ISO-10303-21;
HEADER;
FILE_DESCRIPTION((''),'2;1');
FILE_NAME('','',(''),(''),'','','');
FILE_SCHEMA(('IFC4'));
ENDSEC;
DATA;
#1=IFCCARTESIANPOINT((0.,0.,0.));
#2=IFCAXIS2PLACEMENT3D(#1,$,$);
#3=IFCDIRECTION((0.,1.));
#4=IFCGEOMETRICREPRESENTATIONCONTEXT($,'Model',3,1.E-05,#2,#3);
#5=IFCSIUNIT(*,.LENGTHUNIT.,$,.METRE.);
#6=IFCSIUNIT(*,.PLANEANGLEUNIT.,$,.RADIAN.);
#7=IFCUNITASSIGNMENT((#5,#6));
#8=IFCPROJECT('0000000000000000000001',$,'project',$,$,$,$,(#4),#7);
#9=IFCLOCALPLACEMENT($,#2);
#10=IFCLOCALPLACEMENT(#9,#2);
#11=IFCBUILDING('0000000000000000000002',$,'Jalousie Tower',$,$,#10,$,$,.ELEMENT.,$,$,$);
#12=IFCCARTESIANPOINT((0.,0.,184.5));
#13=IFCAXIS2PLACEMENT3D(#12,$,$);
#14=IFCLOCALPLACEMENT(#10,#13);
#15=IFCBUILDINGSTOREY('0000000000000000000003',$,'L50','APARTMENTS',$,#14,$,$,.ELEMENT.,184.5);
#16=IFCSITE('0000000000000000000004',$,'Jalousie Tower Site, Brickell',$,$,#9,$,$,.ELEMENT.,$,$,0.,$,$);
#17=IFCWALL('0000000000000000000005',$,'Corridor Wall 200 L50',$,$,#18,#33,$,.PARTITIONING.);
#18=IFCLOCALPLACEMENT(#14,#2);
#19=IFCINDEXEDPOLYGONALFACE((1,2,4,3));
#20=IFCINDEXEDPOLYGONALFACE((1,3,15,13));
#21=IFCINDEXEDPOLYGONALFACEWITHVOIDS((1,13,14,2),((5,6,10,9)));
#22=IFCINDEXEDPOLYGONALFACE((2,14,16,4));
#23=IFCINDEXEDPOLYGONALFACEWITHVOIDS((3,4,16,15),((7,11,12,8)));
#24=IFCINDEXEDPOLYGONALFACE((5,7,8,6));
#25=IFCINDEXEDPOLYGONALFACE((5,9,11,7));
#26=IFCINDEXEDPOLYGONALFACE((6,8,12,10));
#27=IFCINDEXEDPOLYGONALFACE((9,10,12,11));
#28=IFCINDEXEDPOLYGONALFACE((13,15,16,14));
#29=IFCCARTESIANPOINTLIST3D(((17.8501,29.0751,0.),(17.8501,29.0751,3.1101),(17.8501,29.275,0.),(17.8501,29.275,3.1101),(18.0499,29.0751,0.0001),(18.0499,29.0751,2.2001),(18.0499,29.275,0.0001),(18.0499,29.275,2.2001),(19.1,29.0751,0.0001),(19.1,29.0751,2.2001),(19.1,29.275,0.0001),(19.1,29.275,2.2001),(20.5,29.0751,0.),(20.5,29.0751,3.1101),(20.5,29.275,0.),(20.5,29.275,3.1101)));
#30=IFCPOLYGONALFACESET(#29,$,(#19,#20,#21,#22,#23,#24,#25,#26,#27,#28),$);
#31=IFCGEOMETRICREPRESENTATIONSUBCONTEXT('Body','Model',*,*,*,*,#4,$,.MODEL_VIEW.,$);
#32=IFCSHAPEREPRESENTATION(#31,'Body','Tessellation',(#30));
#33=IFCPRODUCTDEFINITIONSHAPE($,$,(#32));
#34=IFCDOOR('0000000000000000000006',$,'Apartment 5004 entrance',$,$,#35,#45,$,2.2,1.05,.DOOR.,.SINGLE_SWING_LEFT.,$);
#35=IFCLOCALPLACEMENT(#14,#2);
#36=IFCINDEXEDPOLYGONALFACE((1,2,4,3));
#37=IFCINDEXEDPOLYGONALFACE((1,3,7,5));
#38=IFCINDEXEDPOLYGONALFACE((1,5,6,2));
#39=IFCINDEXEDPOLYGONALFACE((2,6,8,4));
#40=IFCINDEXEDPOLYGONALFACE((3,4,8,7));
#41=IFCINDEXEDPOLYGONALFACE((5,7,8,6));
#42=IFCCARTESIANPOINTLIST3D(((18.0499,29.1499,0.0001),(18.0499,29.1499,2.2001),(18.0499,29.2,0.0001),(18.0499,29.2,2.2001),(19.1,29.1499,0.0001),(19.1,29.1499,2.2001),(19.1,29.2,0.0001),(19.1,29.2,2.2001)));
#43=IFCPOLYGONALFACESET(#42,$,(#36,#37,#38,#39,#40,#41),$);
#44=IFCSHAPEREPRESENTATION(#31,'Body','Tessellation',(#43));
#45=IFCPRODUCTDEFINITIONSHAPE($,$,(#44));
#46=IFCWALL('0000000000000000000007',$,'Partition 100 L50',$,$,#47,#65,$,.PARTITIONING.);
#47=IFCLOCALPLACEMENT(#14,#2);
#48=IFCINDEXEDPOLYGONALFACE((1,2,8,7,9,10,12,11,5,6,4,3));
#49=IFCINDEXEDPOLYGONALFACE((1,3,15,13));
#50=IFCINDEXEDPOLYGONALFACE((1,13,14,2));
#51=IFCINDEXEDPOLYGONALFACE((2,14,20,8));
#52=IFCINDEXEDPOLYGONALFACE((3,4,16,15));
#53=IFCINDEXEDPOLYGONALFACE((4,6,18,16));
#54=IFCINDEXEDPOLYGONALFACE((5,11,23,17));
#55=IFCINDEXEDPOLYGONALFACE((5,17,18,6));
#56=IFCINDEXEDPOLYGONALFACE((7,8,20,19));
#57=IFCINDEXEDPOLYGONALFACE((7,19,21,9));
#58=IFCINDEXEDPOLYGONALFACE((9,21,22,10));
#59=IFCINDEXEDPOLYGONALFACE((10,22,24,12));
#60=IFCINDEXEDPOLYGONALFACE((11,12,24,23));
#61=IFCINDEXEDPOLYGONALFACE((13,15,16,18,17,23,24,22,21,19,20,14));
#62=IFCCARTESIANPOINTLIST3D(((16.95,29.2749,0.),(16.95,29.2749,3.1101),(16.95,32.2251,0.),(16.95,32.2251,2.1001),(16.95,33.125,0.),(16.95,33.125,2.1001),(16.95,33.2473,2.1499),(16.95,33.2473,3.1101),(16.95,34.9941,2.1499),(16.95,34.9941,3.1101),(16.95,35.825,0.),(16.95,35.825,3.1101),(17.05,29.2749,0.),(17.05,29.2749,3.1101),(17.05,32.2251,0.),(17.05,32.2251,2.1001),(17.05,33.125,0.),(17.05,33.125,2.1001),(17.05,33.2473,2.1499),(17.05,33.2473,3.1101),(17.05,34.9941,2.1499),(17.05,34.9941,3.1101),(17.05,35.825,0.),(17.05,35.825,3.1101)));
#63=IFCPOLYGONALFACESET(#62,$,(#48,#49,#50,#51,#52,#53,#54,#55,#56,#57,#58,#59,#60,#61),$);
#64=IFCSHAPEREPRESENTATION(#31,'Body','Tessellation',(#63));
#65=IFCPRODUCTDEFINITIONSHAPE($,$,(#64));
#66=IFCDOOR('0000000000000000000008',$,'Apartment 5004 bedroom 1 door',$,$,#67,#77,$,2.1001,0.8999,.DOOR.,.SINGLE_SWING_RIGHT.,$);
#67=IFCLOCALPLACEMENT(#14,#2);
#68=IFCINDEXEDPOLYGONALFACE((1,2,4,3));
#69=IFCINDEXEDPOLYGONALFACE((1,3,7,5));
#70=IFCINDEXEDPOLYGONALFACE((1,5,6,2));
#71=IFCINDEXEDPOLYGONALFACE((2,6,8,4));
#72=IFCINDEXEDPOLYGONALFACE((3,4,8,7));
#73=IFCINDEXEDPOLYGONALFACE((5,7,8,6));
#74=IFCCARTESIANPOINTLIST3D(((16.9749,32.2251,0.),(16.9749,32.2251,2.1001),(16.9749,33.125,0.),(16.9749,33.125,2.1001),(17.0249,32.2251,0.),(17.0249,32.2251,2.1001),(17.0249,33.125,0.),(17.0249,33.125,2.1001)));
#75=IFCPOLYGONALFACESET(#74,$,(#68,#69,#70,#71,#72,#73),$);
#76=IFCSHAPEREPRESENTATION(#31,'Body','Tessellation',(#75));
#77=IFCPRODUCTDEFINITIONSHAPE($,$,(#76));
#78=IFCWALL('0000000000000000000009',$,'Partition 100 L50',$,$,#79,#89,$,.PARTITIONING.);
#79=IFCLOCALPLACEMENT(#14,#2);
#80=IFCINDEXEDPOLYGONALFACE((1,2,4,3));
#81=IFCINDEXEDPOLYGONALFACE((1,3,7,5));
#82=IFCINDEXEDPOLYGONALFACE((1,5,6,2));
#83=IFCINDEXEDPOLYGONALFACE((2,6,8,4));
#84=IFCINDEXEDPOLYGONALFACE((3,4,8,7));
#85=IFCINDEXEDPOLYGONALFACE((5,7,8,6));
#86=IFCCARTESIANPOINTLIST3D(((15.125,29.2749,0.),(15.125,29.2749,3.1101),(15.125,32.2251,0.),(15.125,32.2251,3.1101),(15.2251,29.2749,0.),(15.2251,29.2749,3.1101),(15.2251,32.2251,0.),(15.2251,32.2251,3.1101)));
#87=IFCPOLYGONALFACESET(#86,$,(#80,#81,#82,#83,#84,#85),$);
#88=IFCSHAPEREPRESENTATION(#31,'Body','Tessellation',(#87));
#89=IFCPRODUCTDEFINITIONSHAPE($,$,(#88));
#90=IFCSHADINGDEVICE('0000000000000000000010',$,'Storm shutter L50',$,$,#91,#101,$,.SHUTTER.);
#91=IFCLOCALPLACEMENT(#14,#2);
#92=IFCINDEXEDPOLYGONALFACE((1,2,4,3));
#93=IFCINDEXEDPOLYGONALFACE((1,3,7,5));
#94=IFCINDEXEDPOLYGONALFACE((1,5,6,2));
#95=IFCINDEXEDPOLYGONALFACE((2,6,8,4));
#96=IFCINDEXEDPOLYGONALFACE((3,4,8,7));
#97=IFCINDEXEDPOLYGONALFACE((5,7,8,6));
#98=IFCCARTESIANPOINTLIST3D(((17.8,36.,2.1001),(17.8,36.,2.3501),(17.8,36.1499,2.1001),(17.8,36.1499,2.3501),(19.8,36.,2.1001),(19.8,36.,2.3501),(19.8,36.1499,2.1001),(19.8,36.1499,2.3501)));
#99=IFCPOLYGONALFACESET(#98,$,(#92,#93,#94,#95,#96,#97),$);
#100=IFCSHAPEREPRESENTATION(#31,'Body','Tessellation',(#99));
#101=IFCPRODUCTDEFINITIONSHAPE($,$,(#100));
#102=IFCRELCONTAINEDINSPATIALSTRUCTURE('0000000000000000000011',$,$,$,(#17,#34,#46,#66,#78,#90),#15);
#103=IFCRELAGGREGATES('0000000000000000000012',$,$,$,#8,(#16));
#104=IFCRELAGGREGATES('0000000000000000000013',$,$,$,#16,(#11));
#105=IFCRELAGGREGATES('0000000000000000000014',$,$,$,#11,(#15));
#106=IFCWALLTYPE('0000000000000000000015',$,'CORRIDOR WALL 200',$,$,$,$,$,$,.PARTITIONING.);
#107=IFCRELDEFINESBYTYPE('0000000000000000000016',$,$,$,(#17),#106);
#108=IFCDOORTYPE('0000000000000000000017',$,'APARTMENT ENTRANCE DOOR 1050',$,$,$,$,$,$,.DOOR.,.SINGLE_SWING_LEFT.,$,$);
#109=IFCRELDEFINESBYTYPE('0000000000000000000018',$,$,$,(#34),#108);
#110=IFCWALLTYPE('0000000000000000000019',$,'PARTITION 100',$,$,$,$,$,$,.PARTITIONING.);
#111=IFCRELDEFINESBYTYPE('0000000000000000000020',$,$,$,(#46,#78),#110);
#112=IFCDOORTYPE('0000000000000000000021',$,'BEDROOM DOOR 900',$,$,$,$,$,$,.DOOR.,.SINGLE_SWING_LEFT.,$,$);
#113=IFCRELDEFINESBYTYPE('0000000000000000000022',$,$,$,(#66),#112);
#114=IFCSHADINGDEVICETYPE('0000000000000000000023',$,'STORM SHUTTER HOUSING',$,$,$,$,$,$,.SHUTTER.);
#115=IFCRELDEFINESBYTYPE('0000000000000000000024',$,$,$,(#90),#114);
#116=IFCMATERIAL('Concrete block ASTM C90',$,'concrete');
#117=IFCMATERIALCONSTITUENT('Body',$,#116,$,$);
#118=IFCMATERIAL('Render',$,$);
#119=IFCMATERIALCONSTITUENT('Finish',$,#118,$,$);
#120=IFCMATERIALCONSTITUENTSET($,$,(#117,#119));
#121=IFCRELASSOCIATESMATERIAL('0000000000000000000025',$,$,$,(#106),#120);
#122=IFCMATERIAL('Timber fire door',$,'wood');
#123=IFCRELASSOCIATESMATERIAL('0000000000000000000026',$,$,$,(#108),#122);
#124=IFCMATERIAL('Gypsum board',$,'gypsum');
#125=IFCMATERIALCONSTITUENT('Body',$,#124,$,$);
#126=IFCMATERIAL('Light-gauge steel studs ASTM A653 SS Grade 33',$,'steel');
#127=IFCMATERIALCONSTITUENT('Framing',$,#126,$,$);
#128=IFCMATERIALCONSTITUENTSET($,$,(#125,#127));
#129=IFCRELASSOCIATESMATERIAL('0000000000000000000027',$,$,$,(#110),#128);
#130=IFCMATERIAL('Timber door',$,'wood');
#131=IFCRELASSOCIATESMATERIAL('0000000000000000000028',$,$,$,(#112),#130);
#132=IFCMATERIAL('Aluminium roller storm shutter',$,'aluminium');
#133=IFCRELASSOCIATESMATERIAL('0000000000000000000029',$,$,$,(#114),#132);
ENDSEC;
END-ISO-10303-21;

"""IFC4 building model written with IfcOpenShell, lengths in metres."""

from ifc_helpers import new_model, si_unit, direction, frame, frame_2d, origin, origin_2d, place, context, subcontext, project, spatial, polyline, rectangle, outline, extrude, material, constituent, constituent_set, type_object, element, fill, save


model = new_model("IFC4")

# Units and contexts
model_context = context("Model", 3, precision=1e-05, world=origin(), true_north=direction((0.0, 1.0)))
body_context = subcontext(model_context, "Body", "Model", "MODEL_VIEW")
ifc_project = project(units=[si_unit("LENGTHUNIT", "METRE"), si_unit("PLANEANGLEUNIT", "RADIAN")], contexts=[model_context])

# Site, building, storey
site_placement = place(None, origin())
site = spatial("IfcSite", under=ifc_project, at=site_placement, Name="Jalousie Tower Site, Brickell", CompositionType="ELEMENT", RefElevation=0.0)
building_placement = place(site_placement, origin())
building = spatial("IfcBuilding", under=site, at=building_placement, Name="Jalousie Tower", CompositionType="ELEMENT")
storey_placement = place(building_placement, frame((0.0, 0.0, 184.5)))
storey = spatial("IfcBuildingStorey", under=building, at=storey_placement, Name="L50", Description="APARTMENTS", CompositionType="ELEMENT", Elevation=184.5)

# Walls, openings, doors
ifc_material_1 = material(Name="Concrete block ASTM C90", Category="concrete")
ifc_constituent_1 = constituent(ifc_material_1, Name="Body")
ifc_material_2 = material(Name="Render")
ifc_constituent_2 = constituent(ifc_material_2, Name="Finish")
ifc_constituent_set_1 = constituent_set(constituents=[ifc_constituent_1, ifc_constituent_2])
wall_type_1 = type_object("IfcWallType", Name="CORRIDOR WALL 200", PredefinedType="PARTITIONING", material=ifc_constituent_set_1)
wall_1_placement = place(storey_placement, frame((17.8501, 29.175, 0.0), z_axis=(0.0, 0.0, 1.0), x_axis=(1.0, 0.0, 0.0)))
wall_1 = element("IfcWall", 1, at=wall_1_placement, inside=storey, type_object=wall_type_1, Name="Corridor Wall 200 L50", PredefinedType="PARTITIONING", context=body_context, shape_type="SweptSolid", body=[
    extrude(rectangle(XDim=2.6499, YDim=0.2, at=frame_2d((1.325, 0.0))), origin(), (0.0, 0.0, 1.0), 3.1101),
])
opening_1_placement = place(wall_1_placement, frame((0.2, 0.0, 0.0)))
opening_1 = element("IfcOpeningElement", 2, at=opening_1_placement, cuts=wall_1, PredefinedType="OPENING", context=body_context, shape_type="SweptSolid", body=[
    extrude(rectangle(XDim=1.05, YDim=2.2, at=frame_2d((0.5249, 1.1001))), frame((0.0, 0.1099, 0.0), z_axis=(0.0, -1.0, 0.0), x_axis=(1.0, 0.0, 0.0)), (0.0, 0.0, 1.0), 0.22),
])
ifc_material_3 = material(Name="Timber fire door", Category="wood")
door_type_1 = type_object("IfcDoorType", Name="APARTMENT ENTRANCE DOOR 1050", OperationType="SINGLE_SWING_LEFT", PredefinedType="DOOR", material=ifc_material_3)
door_1_placement = place(opening_1_placement, origin())
door_1 = element("IfcDoor", 3, at=door_1_placement, inside=storey, type_object=door_type_1, Name="Apartment 5004 entrance", OperationType="SINGLE_SWING_LEFT", OverallHeight=2.2, OverallWidth=1.05, PredefinedType="DOOR", context=body_context, shape_type="SweptSolid", body=[
    extrude(rectangle(XDim=1.05, YDim=2.2, at=frame_2d((0.5249, 1.1001))), frame((0.0, 0.0249, 0.0), z_axis=(0.0, -1.0, 0.0), x_axis=(1.0, 0.0, 0.0)), (0.0, 0.0, 1.0), 0.05),
])
fill(opening_1, door_1)
ifc_material_4 = material(Name="Gypsum board", Category="gypsum")
ifc_constituent_3 = constituent(ifc_material_4, Name="Body")
ifc_material_5 = material(Name="Light-gauge steel studs ASTM A653 SS Grade 33", Category="steel")
ifc_constituent_4 = constituent(ifc_material_5, Name="Framing")
ifc_constituent_set_2 = constituent_set(constituents=[ifc_constituent_3, ifc_constituent_4])
wall_type_2 = type_object("IfcWallType", Name="PARTITION 100", PredefinedType="PARTITIONING", material=ifc_constituent_set_2)
wall_2_placement = place(storey_placement, frame((17.0, 35.825, 0.0), z_axis=(0.0, 0.0, 1.0), x_axis=(0.0, -1.0, 0.0)))
wall_2 = element("IfcWall", 4, at=wall_2_placement, inside=storey, type_object=wall_type_2, Name="Partition 100 L50", PredefinedType="PARTITIONING", context=body_context, shape_type="SweptSolid", body=[
    extrude(outline(polyline([(0.0, 0.0), (6.55, 0.0), (6.55, 3.1101), (2.5776, 3.1101), (2.5776, 2.1499), (0.8308, 2.1499), (0.8308, 3.1101), (0.0, 3.1101), (0.0, 0.0)])), frame((0.0, 0.05, 0.0), z_axis=(0.0, -1.0, 0.0), x_axis=(1.0, 0.0, 0.0)), (0.0, 0.0, 1.0), 0.1001),
])
opening_2_placement = place(wall_2_placement, frame((2.7, 0.0, 0.0)))
opening_2 = element("IfcOpeningElement", 5, at=opening_2_placement, cuts=wall_2, PredefinedType="OPENING", context=body_context, shape_type="SweptSolid", body=[
    extrude(rectangle(XDim=0.8999, YDim=2.1001, at=frame_2d((0.45, 1.05))), frame((0.0, 0.0601, 0.0), z_axis=(0.0, -1.0, 0.0), x_axis=(1.0, 0.0, 0.0)), (0.0, 0.0, 1.0), 0.1201),
])
ifc_material_6 = material(Name="Timber door", Category="wood")
door_type_2 = type_object("IfcDoorType", Name="BEDROOM DOOR 900", OperationType="SINGLE_SWING_LEFT", PredefinedType="DOOR", material=ifc_material_6)
door_2_placement = place(opening_2_placement, origin())
door_2 = element("IfcDoor", 6, at=door_2_placement, inside=storey, type_object=door_type_2, Name="Apartment 5004 bedroom 1 door", OperationType="SINGLE_SWING_RIGHT", OverallHeight=2.1001, OverallWidth=0.8999, PredefinedType="DOOR", context=body_context, shape_type="SweptSolid", body=[
    extrude(rectangle(XDim=0.8999, YDim=2.1001, at=frame_2d((0.45, 1.05))), frame((0.0, 0.0249, 0.0), z_axis=(0.0, -1.0, 0.0), x_axis=(1.0, 0.0, 0.0)), (0.0, 0.0, 1.0), 0.05),
])
fill(opening_2, door_2)

# Wall
wall_3_placement = place(storey_placement, frame((15.175, 32.2251, 0.0), z_axis=(0.0, 0.0, 1.0), x_axis=(0.0, -1.0, 0.0)))
element("IfcWall", 7, at=wall_3_placement, inside=storey, type_object=wall_type_2, Name="Partition 100 L50", PredefinedType="PARTITIONING", context=body_context, shape_type="SweptSolid", body=[
    extrude(rectangle(XDim=2.9502, YDim=0.1001, at=frame_2d((1.4751, 0.0))), origin(), (0.0, 0.0, 1.0), 3.1101),
])

# Shading device
ifc_material_7 = material(Name="Aluminium roller storm shutter", Category="aluminium")
shading_device_type = type_object("IfcShadingDeviceType", Name="STORM SHUTTER HOUSING", PredefinedType="SHUTTER", material=ifc_material_7)
shading_device_placement = place(storey_placement, frame((18.8, 36.075, 2.1001), z_axis=(0.0, 0.0, 1.0), x_axis=(-1.0, 0.0, 0.0)))
element("IfcShadingDevice", 8, at=shading_device_placement, inside=storey, type_object=shading_device_type, Name="Storm shutter L50", PredefinedType="SHUTTER", context=body_context, shape_type="SweptSolid", body=[
    extrude(rectangle(XDim=2.0, YDim=0.1499, at=origin_2d()), origin(), (0.0, 0.0, 1.0), 0.25),
])

save(model, "model.ifc")
